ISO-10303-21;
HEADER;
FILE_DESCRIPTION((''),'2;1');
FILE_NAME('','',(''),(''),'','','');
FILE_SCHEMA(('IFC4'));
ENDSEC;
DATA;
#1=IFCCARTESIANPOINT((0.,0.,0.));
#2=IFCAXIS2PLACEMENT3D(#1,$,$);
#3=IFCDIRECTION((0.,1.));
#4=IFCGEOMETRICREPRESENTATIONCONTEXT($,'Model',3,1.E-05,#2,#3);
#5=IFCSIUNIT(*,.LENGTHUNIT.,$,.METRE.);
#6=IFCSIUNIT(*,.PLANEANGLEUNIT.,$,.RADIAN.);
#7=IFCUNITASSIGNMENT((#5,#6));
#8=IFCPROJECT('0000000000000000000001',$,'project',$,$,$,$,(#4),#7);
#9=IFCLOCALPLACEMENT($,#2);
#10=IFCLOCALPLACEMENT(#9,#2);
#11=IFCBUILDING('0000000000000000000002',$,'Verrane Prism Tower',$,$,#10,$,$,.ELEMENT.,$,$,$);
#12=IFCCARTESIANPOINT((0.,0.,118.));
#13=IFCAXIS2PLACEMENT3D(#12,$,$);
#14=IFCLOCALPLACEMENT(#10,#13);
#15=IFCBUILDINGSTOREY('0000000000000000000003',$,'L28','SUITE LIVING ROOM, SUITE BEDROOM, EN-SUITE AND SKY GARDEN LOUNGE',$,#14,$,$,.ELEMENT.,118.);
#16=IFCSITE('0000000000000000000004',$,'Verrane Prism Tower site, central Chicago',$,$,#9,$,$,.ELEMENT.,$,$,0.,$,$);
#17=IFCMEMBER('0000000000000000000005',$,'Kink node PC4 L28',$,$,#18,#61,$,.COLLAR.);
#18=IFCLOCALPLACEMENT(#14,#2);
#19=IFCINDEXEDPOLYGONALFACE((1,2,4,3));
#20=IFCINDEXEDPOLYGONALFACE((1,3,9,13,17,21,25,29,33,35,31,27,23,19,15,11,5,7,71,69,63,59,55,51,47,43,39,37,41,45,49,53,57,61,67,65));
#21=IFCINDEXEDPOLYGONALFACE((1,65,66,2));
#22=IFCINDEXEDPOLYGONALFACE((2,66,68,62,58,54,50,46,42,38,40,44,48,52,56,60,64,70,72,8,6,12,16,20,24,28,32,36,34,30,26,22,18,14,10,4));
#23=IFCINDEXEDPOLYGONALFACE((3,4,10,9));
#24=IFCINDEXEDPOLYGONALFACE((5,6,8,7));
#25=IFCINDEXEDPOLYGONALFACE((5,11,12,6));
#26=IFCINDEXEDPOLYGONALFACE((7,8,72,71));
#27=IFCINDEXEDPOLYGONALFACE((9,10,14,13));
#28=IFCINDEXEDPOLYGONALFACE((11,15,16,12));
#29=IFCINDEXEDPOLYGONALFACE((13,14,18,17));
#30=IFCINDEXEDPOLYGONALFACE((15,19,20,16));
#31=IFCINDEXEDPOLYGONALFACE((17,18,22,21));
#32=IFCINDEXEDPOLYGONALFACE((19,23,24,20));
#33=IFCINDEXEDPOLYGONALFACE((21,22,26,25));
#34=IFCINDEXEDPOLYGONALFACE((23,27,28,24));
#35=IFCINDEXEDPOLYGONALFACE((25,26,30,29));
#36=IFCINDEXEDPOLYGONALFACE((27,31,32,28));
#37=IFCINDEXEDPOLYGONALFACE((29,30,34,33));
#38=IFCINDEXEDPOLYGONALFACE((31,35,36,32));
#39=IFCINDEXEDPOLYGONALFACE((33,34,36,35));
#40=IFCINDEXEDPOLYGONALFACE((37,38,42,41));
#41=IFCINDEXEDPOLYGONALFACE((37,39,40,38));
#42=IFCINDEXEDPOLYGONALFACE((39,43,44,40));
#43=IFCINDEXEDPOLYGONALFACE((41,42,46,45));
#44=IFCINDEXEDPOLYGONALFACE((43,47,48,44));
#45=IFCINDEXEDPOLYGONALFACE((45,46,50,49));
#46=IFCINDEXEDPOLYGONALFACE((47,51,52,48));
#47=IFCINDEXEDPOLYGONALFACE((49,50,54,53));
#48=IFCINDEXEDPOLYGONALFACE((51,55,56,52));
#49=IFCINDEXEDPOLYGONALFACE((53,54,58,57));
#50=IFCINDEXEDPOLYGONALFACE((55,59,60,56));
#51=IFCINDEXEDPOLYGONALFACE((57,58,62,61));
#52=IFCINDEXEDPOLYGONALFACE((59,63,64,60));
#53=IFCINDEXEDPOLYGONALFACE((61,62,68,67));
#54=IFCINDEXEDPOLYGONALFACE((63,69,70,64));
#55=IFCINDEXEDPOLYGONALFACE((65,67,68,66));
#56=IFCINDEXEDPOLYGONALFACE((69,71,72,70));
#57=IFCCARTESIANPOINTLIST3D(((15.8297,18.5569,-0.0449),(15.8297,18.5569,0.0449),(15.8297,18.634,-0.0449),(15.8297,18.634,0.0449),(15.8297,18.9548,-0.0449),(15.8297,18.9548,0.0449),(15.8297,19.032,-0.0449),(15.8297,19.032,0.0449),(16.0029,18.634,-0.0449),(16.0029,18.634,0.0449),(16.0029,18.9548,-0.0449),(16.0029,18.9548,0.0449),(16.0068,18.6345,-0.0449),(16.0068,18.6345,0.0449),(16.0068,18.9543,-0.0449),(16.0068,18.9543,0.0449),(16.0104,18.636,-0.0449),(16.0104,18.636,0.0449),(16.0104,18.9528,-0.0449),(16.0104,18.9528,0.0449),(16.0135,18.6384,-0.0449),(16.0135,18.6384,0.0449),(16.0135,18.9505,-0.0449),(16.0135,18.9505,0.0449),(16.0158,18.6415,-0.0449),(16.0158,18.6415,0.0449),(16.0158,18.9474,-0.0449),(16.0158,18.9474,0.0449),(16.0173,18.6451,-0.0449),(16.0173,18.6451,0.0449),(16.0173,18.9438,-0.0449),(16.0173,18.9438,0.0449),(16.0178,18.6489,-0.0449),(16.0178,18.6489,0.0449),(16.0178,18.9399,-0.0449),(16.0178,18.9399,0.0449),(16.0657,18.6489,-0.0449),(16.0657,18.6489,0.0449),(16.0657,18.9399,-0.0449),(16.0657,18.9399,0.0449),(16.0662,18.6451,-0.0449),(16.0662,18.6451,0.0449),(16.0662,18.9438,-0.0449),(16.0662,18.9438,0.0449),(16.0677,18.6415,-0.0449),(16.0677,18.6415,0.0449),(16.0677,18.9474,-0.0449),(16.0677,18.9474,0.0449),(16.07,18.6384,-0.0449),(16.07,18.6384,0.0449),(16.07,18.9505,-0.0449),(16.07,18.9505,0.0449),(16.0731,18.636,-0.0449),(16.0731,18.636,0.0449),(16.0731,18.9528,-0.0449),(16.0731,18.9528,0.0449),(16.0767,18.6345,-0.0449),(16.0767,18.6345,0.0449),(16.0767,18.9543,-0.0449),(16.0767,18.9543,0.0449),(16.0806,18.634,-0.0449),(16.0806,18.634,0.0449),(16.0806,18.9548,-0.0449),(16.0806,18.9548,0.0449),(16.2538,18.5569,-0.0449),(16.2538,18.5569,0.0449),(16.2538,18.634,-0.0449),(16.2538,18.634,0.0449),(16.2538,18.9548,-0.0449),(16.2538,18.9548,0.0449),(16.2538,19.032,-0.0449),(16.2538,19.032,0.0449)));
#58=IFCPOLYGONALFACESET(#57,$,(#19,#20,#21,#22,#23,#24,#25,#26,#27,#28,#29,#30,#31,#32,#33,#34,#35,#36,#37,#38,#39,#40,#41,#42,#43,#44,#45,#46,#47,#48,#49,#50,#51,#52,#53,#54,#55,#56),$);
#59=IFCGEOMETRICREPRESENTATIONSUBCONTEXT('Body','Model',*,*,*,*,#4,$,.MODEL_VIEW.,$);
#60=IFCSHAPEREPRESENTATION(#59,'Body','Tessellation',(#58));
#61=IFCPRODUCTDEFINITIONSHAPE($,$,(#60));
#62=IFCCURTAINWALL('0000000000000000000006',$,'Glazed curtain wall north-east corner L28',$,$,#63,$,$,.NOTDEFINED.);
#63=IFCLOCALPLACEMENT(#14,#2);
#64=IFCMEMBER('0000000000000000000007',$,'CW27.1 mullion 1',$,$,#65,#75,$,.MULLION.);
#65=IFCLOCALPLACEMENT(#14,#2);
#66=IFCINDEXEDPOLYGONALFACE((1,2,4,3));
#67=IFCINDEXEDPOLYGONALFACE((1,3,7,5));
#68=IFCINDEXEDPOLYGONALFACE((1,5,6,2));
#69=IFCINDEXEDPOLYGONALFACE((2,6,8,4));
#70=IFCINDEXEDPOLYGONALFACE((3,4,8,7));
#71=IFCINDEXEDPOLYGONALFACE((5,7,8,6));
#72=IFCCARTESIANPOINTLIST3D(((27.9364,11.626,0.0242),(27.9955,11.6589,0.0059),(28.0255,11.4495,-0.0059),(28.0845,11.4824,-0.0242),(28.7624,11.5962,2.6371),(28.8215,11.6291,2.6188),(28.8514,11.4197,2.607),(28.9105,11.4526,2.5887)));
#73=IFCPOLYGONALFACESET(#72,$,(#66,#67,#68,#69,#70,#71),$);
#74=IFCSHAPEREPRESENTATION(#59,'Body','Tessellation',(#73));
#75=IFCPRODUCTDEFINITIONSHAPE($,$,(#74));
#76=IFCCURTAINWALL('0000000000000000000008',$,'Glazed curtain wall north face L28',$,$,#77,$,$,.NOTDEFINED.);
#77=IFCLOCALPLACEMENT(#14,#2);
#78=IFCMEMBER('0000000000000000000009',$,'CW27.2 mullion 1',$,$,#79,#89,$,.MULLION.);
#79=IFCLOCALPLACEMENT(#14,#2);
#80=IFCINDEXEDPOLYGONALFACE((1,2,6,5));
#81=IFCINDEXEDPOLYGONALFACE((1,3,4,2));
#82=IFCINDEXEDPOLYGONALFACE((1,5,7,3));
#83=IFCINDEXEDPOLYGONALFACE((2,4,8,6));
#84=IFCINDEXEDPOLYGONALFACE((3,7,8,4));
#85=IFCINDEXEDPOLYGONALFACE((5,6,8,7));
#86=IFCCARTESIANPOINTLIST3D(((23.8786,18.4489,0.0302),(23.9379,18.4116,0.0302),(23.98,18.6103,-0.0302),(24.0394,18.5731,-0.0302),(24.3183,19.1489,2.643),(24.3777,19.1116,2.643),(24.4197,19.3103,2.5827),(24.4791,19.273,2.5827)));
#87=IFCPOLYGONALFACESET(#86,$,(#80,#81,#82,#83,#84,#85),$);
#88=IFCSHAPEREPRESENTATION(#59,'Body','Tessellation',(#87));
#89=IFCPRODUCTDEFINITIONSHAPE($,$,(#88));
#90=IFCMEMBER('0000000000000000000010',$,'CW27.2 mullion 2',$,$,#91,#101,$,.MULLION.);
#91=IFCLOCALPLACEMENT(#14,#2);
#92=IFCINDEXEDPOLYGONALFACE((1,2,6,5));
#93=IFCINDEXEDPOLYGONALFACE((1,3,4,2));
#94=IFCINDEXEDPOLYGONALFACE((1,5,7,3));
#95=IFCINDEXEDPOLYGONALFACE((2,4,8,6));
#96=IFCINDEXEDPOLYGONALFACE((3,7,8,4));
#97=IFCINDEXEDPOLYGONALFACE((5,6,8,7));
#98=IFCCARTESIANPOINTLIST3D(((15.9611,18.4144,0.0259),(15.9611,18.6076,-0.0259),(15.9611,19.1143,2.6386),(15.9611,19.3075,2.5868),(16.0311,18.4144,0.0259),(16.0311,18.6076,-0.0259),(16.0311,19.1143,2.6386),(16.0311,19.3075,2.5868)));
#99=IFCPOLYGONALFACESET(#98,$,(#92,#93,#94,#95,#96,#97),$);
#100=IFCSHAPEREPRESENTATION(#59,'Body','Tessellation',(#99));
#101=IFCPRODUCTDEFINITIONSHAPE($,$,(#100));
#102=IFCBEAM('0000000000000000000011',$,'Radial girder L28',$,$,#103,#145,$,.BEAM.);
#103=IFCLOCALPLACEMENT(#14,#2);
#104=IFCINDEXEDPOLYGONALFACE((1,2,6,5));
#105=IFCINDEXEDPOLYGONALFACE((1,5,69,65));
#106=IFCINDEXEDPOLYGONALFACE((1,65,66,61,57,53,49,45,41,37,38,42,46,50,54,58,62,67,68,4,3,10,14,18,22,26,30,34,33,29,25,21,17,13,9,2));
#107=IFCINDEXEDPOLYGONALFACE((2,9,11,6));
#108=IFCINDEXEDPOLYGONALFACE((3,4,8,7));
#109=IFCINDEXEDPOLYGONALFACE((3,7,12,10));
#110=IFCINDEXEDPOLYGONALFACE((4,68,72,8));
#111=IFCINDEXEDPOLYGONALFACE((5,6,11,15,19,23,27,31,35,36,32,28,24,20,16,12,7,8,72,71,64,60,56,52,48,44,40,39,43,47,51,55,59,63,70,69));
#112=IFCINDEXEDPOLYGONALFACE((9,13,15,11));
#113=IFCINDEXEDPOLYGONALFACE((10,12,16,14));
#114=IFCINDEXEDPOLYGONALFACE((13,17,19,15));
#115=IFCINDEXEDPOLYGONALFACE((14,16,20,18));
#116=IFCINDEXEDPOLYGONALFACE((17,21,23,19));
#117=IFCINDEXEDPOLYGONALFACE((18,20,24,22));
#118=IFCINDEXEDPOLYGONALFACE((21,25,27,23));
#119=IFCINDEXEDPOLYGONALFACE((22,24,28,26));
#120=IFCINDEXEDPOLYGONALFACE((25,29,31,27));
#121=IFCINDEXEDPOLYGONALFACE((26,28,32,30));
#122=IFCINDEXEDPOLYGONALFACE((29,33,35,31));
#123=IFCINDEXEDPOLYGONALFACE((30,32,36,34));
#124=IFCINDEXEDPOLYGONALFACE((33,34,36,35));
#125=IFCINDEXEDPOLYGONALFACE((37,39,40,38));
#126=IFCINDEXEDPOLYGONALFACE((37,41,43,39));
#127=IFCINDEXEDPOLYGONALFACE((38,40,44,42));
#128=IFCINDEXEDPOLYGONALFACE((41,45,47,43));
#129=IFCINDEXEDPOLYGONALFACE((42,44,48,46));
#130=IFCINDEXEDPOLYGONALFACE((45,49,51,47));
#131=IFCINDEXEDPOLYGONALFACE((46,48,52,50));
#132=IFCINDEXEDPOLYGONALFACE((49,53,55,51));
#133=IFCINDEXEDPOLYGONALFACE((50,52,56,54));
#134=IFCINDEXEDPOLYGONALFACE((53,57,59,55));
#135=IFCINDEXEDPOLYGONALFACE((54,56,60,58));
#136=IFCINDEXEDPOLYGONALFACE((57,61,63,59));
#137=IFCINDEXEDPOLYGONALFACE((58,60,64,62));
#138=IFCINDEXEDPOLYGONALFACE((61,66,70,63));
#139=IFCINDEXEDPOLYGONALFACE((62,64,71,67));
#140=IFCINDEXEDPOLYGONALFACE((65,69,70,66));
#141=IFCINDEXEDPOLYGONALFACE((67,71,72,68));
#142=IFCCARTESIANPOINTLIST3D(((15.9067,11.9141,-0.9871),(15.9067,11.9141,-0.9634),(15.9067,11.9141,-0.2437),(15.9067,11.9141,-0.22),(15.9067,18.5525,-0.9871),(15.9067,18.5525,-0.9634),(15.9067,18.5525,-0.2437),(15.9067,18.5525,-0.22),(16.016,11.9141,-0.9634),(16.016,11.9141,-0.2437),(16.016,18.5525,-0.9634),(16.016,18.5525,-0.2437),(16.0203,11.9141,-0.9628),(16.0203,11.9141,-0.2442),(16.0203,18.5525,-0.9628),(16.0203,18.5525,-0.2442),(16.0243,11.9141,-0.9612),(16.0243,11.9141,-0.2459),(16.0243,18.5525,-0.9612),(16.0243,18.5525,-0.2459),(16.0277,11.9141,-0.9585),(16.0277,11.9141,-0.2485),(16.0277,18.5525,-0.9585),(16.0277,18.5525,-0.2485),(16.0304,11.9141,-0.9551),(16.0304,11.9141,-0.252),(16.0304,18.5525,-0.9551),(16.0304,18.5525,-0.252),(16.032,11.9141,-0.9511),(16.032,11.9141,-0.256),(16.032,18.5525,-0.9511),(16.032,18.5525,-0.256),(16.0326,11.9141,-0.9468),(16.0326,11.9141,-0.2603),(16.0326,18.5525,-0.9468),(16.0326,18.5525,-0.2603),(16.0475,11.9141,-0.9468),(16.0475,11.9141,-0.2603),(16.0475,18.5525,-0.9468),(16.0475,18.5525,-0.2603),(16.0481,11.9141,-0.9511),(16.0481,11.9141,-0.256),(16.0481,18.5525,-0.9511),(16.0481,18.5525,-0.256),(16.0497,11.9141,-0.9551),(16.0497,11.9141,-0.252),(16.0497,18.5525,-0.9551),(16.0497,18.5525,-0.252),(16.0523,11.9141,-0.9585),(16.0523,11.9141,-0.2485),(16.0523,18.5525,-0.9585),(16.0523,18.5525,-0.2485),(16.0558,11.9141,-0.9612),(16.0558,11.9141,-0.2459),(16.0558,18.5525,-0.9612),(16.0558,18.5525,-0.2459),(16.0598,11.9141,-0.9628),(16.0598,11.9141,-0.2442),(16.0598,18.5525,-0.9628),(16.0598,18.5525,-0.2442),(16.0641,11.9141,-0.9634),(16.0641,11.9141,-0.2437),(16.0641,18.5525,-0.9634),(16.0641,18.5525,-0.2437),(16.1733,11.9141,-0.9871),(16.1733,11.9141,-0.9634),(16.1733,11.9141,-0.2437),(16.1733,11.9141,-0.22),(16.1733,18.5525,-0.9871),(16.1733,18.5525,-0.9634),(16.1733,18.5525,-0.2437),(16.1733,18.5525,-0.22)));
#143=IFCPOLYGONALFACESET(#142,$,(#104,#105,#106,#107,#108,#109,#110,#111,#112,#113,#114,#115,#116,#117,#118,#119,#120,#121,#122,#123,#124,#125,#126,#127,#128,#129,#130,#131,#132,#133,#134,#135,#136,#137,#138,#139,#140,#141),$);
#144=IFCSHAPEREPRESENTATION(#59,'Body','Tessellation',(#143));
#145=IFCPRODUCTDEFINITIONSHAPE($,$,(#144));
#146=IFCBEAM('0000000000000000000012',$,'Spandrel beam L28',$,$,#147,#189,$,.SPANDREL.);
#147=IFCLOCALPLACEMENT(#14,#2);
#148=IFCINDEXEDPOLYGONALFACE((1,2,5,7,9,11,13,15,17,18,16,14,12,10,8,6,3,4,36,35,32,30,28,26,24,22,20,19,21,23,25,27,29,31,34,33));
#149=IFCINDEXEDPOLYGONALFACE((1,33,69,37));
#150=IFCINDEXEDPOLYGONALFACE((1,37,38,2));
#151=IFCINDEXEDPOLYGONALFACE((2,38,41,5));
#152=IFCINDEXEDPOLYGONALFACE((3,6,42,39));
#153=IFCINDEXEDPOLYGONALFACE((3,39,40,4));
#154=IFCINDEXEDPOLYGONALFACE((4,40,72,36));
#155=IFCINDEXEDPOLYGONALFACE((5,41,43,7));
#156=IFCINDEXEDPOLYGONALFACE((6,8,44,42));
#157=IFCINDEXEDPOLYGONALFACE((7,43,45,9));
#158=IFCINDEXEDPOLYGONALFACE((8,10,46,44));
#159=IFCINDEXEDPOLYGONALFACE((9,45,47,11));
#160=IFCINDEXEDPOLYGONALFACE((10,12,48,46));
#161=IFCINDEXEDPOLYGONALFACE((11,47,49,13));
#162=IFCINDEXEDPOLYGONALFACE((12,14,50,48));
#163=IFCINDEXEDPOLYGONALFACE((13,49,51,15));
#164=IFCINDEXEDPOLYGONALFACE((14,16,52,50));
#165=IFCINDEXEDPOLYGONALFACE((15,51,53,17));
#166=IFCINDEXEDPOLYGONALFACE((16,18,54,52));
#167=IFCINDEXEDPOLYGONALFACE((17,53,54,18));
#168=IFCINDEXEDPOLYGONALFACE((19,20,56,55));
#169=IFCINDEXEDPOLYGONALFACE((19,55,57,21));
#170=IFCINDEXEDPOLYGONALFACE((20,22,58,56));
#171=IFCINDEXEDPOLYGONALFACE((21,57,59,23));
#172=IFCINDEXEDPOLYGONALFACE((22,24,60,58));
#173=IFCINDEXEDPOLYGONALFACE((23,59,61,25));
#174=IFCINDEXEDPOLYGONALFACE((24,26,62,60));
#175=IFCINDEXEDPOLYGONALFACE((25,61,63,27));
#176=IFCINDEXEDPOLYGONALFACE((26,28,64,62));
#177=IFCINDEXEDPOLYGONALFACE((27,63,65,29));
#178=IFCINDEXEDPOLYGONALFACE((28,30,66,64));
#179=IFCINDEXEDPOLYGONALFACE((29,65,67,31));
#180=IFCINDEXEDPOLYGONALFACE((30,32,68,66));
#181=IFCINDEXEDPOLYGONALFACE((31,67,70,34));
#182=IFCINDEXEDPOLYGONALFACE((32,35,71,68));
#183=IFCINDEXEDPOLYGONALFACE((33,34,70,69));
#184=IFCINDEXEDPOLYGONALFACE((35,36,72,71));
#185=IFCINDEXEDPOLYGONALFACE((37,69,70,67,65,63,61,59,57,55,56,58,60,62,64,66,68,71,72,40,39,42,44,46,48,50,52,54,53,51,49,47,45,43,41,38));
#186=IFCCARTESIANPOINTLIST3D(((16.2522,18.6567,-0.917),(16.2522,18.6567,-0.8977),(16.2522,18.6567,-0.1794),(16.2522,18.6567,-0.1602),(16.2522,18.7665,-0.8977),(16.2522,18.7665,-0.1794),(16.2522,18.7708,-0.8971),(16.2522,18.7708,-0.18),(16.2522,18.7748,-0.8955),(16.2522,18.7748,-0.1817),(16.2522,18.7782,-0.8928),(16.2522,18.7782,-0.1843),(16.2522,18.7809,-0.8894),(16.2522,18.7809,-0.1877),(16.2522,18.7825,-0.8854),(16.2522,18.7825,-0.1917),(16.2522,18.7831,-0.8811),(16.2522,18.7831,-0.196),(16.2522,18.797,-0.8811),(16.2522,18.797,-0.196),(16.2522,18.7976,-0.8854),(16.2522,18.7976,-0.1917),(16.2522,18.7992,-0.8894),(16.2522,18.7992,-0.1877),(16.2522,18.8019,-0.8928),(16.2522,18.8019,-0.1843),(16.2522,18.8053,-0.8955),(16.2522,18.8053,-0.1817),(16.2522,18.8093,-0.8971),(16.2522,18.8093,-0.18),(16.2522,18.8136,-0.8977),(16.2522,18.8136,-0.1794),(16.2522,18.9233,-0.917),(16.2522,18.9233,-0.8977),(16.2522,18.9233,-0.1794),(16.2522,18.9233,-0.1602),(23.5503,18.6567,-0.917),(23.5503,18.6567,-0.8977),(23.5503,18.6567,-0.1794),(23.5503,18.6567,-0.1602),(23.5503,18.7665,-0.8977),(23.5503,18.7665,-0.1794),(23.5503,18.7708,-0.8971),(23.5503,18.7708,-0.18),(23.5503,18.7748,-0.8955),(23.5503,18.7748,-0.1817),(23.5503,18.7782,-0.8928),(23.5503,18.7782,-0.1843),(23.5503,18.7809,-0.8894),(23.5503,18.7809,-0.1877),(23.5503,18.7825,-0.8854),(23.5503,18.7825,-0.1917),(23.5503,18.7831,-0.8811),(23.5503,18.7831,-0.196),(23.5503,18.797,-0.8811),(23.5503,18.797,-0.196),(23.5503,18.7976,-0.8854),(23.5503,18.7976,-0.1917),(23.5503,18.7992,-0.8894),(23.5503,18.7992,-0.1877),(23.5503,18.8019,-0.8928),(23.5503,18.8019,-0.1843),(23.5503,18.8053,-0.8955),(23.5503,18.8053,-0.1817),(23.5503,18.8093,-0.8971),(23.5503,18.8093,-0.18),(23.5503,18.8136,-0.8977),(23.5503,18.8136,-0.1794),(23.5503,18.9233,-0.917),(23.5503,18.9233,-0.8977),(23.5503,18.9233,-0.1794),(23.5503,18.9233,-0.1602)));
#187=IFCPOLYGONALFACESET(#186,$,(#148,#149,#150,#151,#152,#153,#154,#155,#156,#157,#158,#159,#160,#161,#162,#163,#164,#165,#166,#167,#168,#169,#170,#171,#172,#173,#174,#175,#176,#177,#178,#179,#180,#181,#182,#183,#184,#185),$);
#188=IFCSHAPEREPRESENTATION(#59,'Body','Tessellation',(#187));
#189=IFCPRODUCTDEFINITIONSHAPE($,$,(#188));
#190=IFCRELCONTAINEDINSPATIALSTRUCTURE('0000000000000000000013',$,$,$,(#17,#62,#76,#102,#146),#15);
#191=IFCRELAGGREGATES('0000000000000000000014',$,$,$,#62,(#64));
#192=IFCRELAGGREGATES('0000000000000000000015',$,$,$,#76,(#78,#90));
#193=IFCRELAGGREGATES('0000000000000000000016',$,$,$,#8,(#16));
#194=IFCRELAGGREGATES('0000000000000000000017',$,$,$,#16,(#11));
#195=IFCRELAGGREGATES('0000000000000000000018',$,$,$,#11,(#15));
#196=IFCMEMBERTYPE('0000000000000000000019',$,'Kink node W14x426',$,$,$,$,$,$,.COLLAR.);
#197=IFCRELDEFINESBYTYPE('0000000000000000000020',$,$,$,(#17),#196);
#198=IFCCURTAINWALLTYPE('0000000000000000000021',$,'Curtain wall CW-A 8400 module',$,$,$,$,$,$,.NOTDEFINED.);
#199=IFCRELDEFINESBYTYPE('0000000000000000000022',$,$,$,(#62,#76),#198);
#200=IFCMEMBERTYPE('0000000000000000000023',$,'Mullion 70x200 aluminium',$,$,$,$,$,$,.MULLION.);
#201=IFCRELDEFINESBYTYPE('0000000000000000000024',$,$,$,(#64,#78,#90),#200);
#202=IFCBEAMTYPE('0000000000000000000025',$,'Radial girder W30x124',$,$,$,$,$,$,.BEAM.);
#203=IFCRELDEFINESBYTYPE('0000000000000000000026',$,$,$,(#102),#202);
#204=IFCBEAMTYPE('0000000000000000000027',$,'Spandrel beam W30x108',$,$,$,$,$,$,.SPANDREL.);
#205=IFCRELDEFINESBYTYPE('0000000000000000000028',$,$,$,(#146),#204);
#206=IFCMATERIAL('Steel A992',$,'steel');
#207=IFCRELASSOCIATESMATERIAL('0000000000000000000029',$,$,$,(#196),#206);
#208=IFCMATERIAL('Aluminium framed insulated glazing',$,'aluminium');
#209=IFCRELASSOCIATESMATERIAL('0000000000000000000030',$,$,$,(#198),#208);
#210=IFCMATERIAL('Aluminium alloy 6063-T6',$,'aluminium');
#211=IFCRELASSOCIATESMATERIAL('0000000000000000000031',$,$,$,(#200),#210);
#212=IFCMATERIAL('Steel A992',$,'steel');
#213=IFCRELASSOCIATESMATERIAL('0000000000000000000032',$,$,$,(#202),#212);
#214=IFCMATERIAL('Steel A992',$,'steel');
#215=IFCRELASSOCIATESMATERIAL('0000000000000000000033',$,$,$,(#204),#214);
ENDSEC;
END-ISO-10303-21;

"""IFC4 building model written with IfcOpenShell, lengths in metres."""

from ifc_helpers import new_model, si_unit, direction, frame, origin, origin_2d, place, context, subcontext, project, spatial, rectangle, i_section, extrude, material, material_profile, profile_set, type_object, element, aggregate, save


model = new_model("IFC4")

# Units and contexts
model_context = context("Model", 3, precision=1e-05, world=origin(), true_north=direction((0.0, 1.0)))
body_context = subcontext(model_context, "Body", "Model", "MODEL_VIEW")
ifc_project = project(units=[si_unit("LENGTHUNIT", "METRE"), si_unit("PLANEANGLEUNIT", "RADIAN")], contexts=[model_context])

# Site, building, storey
site_placement = place(None, origin())
site = spatial("IfcSite", under=ifc_project, at=site_placement, Name="Verrane Prism Tower site, central Chicago", CompositionType="ELEMENT", RefElevation=0.0)
building_placement = place(site_placement, origin())
building = spatial("IfcBuilding", under=site, at=building_placement, Name="Verrane Prism Tower", CompositionType="ELEMENT")
storey_placement = place(building_placement, frame((0.0, 0.0, 118.0)))
storey = spatial("IfcBuildingStorey", under=building, at=storey_placement, Name="L28", Description="SUITE LIVING ROOM, SUITE BEDROOM, EN-SUITE AND SKY GARDEN LOUNGE", CompositionType="ELEMENT", Elevation=118.0)

# Member
ifc_material_1 = material(Name="Steel A992", Category="steel")
ifc_material_profile_1 = material_profile(ifc_material_1, i_section(OverallWidth=0.4241, OverallDepth=0.4751, WebThickness=0.0479, FlangeThickness=0.0771, FilletRadius=0.0149, at=origin_2d()), Name="W14x426")
ifc_profile_set_1 = profile_set([ifc_material_profile_1], Name="Steel A992")
member_type_1 = type_object("IfcMemberType", Name="Kink node W14x426", PredefinedType="COLLAR", material=ifc_profile_set_1)
member_1_placement = place(storey_placement, frame((16.0417, 18.7944, -0.0449), z_axis=(0.0, 0.0, 1.0), x_axis=(1.0, 0.0, 0.0)))
element("IfcMember", 1, at=member_1_placement, inside=storey, type_object=member_type_1, Name="Kink node PC4 L28", PredefinedType="COLLAR", context=body_context, shape_type="SweptSolid", body=[
    extrude(i_section(OverallWidth=0.4241, OverallDepth=0.4751, WebThickness=0.0479, FlangeThickness=0.0771, FilletRadius=0.0149, at=origin_2d()), origin(), (0.0, 0.0, 1.0), 0.0898),
])

# Curtain wall, member
ifc_material_2 = material(Name="Aluminium framed insulated glazing", Category="aluminium")
curtain_wall_type = type_object("IfcCurtainWallType", Name="Curtain wall CW-A 8400 module", PredefinedType="NOTDEFINED", material=ifc_material_2)
curtain_wall_1_placement = place(storey_placement, origin())
curtain_wall_1 = element("IfcCurtainWall", 2, at=curtain_wall_1_placement, inside=storey, type_object=curtain_wall_type, Name="Glazed curtain wall north-east corner L28", PredefinedType="NOTDEFINED")
ifc_material_3 = material(Name="Aluminium alloy 6063-T6", Category="aluminium")
ifc_material_profile_2 = material_profile(ifc_material_3, rectangle(XDim=0.2, YDim=0.0701, at=origin_2d()), Name="Mullion 70x200 aluminium")
ifc_profile_set_2 = profile_set([ifc_material_profile_2], Name="Aluminium alloy 6063-T6")
member_type_2 = type_object("IfcMemberType", Name="Mullion 70x200 aluminium", PredefinedType="MULLION", material=ifc_profile_set_2)
member_2_placement = place(storey_placement, frame((28.0105, 11.5542, 0.0), z_axis=(0.301391, -0.010869, 0.953439), x_axis=(0.445195, -0.882646, -0.150792)))
member_2 = element("IfcMember", 3, at=member_2_placement, type_object=member_type_2, Name="CW27.1 mullion 1", PredefinedType="MULLION", context=body_context, shape_type="SweptSolid", body=[
    extrude(rectangle(XDim=0.2, YDim=0.0701, at=origin_2d()), origin(), (0.0, 0.0, 1.0), 2.7405),
])

# Curtain wall, members
curtain_wall_2_placement = place(storey_placement, origin())
curtain_wall_2 = element("IfcCurtainWall", 4, at=curtain_wall_2_placement, inside=storey, type_object=curtain_wall_type, Name="Glazed curtain wall north face L28", PredefinedType="NOTDEFINED")
member_3_placement = place(storey_placement, frame((23.959, 18.511, 0.0), z_axis=(0.160448, 0.255417, 0.953425), x_axis=(0.507161, 0.807346, -0.301631)))
member_3 = element("IfcMember", 5, at=member_3_placement, type_object=member_type_2, Name="CW27.2 mullion 1", PredefinedType="MULLION", context=body_context, shape_type="SweptSolid", body=[
    extrude(rectangle(XDim=0.2, YDim=0.0701, at=origin_2d()), origin(), (0.0, 0.0, 1.0), 2.7405),
])
member_4_placement = place(storey_placement, frame((15.9961, 18.511, 0.0), z_axis=(0.0, 0.258769, 0.965939), x_axis=(0.0, 0.965939, -0.258769)))
member_4 = element("IfcMember", 6, at=member_4_placement, type_object=member_type_2, Name="CW27.2 mullion 2", PredefinedType="MULLION", context=body_context, shape_type="SweptSolid", body=[
    extrude(rectangle(XDim=0.2, YDim=0.0701, at=origin_2d()), origin(), (0.0, 0.0, 1.0), 2.7048),
])

# Beams
ifc_material_4 = material(Name="Steel A992", Category="steel")
ifc_material_profile_3 = material_profile(ifc_material_4, i_section(OverallWidth=0.2666, OverallDepth=0.7671, WebThickness=0.0149, FlangeThickness=0.0237, FilletRadius=0.0166, at=origin_2d()), Name="W30x124")
ifc_profile_set_3 = profile_set([ifc_material_profile_3], Name="Steel A992")
beam_type_1 = type_object("IfcBeamType", Name="Radial girder W30x124", PredefinedType="BEAM", material=ifc_profile_set_3)
beam_1_placement = place(storey_placement, frame((16.04, 18.5525, -0.6035), z_axis=(0.0, -1.0, 0.0), x_axis=(1.0, 0.0, 0.0)))
element("IfcBeam", 7, at=beam_1_placement, inside=storey, type_object=beam_type_1, Name="Radial girder L28", PredefinedType="BEAM", context=body_context, shape_type="SweptSolid", body=[
    extrude(i_section(OverallWidth=0.2666, OverallDepth=0.7671, WebThickness=0.0149, FlangeThickness=0.0237, FilletRadius=0.0166, at=origin_2d()), origin(), (0.0, 0.0, 1.0), 6.6384),
])
ifc_material_5 = material(Name="Steel A992", Category="steel")
ifc_material_profile_4 = material_profile(ifc_material_5, i_section(OverallWidth=0.2666, OverallDepth=0.7568, WebThickness=0.0139, FlangeThickness=0.0193, FilletRadius=0.0166, at=origin_2d()), Name="W30x108")
ifc_profile_set_4 = profile_set([ifc_material_profile_4], Name="Steel A992")
beam_type_2 = type_object("IfcBeamType", Name="Spandrel beam W30x108", PredefinedType="SPANDREL", material=ifc_profile_set_4)
beam_2_placement = place(storey_placement, frame((23.5503, 18.79, -0.5386), z_axis=(-1.0, 0.0, 0.0), x_axis=(0.0, -1.0, 0.0)))
element("IfcBeam", 8, at=beam_2_placement, inside=storey, type_object=beam_type_2, Name="Spandrel beam L28", PredefinedType="SPANDREL", context=body_context, shape_type="SweptSolid", body=[
    extrude(i_section(OverallWidth=0.2666, OverallDepth=0.7568, WebThickness=0.0139, FlangeThickness=0.0193, FilletRadius=0.0166, at=origin_2d()), origin(), (0.0, 0.0, 1.0), 7.2981),
])

aggregate(curtain_wall_1, [member_2])
aggregate(curtain_wall_2, [member_3, member_4])

save(model, "model.ifc")
